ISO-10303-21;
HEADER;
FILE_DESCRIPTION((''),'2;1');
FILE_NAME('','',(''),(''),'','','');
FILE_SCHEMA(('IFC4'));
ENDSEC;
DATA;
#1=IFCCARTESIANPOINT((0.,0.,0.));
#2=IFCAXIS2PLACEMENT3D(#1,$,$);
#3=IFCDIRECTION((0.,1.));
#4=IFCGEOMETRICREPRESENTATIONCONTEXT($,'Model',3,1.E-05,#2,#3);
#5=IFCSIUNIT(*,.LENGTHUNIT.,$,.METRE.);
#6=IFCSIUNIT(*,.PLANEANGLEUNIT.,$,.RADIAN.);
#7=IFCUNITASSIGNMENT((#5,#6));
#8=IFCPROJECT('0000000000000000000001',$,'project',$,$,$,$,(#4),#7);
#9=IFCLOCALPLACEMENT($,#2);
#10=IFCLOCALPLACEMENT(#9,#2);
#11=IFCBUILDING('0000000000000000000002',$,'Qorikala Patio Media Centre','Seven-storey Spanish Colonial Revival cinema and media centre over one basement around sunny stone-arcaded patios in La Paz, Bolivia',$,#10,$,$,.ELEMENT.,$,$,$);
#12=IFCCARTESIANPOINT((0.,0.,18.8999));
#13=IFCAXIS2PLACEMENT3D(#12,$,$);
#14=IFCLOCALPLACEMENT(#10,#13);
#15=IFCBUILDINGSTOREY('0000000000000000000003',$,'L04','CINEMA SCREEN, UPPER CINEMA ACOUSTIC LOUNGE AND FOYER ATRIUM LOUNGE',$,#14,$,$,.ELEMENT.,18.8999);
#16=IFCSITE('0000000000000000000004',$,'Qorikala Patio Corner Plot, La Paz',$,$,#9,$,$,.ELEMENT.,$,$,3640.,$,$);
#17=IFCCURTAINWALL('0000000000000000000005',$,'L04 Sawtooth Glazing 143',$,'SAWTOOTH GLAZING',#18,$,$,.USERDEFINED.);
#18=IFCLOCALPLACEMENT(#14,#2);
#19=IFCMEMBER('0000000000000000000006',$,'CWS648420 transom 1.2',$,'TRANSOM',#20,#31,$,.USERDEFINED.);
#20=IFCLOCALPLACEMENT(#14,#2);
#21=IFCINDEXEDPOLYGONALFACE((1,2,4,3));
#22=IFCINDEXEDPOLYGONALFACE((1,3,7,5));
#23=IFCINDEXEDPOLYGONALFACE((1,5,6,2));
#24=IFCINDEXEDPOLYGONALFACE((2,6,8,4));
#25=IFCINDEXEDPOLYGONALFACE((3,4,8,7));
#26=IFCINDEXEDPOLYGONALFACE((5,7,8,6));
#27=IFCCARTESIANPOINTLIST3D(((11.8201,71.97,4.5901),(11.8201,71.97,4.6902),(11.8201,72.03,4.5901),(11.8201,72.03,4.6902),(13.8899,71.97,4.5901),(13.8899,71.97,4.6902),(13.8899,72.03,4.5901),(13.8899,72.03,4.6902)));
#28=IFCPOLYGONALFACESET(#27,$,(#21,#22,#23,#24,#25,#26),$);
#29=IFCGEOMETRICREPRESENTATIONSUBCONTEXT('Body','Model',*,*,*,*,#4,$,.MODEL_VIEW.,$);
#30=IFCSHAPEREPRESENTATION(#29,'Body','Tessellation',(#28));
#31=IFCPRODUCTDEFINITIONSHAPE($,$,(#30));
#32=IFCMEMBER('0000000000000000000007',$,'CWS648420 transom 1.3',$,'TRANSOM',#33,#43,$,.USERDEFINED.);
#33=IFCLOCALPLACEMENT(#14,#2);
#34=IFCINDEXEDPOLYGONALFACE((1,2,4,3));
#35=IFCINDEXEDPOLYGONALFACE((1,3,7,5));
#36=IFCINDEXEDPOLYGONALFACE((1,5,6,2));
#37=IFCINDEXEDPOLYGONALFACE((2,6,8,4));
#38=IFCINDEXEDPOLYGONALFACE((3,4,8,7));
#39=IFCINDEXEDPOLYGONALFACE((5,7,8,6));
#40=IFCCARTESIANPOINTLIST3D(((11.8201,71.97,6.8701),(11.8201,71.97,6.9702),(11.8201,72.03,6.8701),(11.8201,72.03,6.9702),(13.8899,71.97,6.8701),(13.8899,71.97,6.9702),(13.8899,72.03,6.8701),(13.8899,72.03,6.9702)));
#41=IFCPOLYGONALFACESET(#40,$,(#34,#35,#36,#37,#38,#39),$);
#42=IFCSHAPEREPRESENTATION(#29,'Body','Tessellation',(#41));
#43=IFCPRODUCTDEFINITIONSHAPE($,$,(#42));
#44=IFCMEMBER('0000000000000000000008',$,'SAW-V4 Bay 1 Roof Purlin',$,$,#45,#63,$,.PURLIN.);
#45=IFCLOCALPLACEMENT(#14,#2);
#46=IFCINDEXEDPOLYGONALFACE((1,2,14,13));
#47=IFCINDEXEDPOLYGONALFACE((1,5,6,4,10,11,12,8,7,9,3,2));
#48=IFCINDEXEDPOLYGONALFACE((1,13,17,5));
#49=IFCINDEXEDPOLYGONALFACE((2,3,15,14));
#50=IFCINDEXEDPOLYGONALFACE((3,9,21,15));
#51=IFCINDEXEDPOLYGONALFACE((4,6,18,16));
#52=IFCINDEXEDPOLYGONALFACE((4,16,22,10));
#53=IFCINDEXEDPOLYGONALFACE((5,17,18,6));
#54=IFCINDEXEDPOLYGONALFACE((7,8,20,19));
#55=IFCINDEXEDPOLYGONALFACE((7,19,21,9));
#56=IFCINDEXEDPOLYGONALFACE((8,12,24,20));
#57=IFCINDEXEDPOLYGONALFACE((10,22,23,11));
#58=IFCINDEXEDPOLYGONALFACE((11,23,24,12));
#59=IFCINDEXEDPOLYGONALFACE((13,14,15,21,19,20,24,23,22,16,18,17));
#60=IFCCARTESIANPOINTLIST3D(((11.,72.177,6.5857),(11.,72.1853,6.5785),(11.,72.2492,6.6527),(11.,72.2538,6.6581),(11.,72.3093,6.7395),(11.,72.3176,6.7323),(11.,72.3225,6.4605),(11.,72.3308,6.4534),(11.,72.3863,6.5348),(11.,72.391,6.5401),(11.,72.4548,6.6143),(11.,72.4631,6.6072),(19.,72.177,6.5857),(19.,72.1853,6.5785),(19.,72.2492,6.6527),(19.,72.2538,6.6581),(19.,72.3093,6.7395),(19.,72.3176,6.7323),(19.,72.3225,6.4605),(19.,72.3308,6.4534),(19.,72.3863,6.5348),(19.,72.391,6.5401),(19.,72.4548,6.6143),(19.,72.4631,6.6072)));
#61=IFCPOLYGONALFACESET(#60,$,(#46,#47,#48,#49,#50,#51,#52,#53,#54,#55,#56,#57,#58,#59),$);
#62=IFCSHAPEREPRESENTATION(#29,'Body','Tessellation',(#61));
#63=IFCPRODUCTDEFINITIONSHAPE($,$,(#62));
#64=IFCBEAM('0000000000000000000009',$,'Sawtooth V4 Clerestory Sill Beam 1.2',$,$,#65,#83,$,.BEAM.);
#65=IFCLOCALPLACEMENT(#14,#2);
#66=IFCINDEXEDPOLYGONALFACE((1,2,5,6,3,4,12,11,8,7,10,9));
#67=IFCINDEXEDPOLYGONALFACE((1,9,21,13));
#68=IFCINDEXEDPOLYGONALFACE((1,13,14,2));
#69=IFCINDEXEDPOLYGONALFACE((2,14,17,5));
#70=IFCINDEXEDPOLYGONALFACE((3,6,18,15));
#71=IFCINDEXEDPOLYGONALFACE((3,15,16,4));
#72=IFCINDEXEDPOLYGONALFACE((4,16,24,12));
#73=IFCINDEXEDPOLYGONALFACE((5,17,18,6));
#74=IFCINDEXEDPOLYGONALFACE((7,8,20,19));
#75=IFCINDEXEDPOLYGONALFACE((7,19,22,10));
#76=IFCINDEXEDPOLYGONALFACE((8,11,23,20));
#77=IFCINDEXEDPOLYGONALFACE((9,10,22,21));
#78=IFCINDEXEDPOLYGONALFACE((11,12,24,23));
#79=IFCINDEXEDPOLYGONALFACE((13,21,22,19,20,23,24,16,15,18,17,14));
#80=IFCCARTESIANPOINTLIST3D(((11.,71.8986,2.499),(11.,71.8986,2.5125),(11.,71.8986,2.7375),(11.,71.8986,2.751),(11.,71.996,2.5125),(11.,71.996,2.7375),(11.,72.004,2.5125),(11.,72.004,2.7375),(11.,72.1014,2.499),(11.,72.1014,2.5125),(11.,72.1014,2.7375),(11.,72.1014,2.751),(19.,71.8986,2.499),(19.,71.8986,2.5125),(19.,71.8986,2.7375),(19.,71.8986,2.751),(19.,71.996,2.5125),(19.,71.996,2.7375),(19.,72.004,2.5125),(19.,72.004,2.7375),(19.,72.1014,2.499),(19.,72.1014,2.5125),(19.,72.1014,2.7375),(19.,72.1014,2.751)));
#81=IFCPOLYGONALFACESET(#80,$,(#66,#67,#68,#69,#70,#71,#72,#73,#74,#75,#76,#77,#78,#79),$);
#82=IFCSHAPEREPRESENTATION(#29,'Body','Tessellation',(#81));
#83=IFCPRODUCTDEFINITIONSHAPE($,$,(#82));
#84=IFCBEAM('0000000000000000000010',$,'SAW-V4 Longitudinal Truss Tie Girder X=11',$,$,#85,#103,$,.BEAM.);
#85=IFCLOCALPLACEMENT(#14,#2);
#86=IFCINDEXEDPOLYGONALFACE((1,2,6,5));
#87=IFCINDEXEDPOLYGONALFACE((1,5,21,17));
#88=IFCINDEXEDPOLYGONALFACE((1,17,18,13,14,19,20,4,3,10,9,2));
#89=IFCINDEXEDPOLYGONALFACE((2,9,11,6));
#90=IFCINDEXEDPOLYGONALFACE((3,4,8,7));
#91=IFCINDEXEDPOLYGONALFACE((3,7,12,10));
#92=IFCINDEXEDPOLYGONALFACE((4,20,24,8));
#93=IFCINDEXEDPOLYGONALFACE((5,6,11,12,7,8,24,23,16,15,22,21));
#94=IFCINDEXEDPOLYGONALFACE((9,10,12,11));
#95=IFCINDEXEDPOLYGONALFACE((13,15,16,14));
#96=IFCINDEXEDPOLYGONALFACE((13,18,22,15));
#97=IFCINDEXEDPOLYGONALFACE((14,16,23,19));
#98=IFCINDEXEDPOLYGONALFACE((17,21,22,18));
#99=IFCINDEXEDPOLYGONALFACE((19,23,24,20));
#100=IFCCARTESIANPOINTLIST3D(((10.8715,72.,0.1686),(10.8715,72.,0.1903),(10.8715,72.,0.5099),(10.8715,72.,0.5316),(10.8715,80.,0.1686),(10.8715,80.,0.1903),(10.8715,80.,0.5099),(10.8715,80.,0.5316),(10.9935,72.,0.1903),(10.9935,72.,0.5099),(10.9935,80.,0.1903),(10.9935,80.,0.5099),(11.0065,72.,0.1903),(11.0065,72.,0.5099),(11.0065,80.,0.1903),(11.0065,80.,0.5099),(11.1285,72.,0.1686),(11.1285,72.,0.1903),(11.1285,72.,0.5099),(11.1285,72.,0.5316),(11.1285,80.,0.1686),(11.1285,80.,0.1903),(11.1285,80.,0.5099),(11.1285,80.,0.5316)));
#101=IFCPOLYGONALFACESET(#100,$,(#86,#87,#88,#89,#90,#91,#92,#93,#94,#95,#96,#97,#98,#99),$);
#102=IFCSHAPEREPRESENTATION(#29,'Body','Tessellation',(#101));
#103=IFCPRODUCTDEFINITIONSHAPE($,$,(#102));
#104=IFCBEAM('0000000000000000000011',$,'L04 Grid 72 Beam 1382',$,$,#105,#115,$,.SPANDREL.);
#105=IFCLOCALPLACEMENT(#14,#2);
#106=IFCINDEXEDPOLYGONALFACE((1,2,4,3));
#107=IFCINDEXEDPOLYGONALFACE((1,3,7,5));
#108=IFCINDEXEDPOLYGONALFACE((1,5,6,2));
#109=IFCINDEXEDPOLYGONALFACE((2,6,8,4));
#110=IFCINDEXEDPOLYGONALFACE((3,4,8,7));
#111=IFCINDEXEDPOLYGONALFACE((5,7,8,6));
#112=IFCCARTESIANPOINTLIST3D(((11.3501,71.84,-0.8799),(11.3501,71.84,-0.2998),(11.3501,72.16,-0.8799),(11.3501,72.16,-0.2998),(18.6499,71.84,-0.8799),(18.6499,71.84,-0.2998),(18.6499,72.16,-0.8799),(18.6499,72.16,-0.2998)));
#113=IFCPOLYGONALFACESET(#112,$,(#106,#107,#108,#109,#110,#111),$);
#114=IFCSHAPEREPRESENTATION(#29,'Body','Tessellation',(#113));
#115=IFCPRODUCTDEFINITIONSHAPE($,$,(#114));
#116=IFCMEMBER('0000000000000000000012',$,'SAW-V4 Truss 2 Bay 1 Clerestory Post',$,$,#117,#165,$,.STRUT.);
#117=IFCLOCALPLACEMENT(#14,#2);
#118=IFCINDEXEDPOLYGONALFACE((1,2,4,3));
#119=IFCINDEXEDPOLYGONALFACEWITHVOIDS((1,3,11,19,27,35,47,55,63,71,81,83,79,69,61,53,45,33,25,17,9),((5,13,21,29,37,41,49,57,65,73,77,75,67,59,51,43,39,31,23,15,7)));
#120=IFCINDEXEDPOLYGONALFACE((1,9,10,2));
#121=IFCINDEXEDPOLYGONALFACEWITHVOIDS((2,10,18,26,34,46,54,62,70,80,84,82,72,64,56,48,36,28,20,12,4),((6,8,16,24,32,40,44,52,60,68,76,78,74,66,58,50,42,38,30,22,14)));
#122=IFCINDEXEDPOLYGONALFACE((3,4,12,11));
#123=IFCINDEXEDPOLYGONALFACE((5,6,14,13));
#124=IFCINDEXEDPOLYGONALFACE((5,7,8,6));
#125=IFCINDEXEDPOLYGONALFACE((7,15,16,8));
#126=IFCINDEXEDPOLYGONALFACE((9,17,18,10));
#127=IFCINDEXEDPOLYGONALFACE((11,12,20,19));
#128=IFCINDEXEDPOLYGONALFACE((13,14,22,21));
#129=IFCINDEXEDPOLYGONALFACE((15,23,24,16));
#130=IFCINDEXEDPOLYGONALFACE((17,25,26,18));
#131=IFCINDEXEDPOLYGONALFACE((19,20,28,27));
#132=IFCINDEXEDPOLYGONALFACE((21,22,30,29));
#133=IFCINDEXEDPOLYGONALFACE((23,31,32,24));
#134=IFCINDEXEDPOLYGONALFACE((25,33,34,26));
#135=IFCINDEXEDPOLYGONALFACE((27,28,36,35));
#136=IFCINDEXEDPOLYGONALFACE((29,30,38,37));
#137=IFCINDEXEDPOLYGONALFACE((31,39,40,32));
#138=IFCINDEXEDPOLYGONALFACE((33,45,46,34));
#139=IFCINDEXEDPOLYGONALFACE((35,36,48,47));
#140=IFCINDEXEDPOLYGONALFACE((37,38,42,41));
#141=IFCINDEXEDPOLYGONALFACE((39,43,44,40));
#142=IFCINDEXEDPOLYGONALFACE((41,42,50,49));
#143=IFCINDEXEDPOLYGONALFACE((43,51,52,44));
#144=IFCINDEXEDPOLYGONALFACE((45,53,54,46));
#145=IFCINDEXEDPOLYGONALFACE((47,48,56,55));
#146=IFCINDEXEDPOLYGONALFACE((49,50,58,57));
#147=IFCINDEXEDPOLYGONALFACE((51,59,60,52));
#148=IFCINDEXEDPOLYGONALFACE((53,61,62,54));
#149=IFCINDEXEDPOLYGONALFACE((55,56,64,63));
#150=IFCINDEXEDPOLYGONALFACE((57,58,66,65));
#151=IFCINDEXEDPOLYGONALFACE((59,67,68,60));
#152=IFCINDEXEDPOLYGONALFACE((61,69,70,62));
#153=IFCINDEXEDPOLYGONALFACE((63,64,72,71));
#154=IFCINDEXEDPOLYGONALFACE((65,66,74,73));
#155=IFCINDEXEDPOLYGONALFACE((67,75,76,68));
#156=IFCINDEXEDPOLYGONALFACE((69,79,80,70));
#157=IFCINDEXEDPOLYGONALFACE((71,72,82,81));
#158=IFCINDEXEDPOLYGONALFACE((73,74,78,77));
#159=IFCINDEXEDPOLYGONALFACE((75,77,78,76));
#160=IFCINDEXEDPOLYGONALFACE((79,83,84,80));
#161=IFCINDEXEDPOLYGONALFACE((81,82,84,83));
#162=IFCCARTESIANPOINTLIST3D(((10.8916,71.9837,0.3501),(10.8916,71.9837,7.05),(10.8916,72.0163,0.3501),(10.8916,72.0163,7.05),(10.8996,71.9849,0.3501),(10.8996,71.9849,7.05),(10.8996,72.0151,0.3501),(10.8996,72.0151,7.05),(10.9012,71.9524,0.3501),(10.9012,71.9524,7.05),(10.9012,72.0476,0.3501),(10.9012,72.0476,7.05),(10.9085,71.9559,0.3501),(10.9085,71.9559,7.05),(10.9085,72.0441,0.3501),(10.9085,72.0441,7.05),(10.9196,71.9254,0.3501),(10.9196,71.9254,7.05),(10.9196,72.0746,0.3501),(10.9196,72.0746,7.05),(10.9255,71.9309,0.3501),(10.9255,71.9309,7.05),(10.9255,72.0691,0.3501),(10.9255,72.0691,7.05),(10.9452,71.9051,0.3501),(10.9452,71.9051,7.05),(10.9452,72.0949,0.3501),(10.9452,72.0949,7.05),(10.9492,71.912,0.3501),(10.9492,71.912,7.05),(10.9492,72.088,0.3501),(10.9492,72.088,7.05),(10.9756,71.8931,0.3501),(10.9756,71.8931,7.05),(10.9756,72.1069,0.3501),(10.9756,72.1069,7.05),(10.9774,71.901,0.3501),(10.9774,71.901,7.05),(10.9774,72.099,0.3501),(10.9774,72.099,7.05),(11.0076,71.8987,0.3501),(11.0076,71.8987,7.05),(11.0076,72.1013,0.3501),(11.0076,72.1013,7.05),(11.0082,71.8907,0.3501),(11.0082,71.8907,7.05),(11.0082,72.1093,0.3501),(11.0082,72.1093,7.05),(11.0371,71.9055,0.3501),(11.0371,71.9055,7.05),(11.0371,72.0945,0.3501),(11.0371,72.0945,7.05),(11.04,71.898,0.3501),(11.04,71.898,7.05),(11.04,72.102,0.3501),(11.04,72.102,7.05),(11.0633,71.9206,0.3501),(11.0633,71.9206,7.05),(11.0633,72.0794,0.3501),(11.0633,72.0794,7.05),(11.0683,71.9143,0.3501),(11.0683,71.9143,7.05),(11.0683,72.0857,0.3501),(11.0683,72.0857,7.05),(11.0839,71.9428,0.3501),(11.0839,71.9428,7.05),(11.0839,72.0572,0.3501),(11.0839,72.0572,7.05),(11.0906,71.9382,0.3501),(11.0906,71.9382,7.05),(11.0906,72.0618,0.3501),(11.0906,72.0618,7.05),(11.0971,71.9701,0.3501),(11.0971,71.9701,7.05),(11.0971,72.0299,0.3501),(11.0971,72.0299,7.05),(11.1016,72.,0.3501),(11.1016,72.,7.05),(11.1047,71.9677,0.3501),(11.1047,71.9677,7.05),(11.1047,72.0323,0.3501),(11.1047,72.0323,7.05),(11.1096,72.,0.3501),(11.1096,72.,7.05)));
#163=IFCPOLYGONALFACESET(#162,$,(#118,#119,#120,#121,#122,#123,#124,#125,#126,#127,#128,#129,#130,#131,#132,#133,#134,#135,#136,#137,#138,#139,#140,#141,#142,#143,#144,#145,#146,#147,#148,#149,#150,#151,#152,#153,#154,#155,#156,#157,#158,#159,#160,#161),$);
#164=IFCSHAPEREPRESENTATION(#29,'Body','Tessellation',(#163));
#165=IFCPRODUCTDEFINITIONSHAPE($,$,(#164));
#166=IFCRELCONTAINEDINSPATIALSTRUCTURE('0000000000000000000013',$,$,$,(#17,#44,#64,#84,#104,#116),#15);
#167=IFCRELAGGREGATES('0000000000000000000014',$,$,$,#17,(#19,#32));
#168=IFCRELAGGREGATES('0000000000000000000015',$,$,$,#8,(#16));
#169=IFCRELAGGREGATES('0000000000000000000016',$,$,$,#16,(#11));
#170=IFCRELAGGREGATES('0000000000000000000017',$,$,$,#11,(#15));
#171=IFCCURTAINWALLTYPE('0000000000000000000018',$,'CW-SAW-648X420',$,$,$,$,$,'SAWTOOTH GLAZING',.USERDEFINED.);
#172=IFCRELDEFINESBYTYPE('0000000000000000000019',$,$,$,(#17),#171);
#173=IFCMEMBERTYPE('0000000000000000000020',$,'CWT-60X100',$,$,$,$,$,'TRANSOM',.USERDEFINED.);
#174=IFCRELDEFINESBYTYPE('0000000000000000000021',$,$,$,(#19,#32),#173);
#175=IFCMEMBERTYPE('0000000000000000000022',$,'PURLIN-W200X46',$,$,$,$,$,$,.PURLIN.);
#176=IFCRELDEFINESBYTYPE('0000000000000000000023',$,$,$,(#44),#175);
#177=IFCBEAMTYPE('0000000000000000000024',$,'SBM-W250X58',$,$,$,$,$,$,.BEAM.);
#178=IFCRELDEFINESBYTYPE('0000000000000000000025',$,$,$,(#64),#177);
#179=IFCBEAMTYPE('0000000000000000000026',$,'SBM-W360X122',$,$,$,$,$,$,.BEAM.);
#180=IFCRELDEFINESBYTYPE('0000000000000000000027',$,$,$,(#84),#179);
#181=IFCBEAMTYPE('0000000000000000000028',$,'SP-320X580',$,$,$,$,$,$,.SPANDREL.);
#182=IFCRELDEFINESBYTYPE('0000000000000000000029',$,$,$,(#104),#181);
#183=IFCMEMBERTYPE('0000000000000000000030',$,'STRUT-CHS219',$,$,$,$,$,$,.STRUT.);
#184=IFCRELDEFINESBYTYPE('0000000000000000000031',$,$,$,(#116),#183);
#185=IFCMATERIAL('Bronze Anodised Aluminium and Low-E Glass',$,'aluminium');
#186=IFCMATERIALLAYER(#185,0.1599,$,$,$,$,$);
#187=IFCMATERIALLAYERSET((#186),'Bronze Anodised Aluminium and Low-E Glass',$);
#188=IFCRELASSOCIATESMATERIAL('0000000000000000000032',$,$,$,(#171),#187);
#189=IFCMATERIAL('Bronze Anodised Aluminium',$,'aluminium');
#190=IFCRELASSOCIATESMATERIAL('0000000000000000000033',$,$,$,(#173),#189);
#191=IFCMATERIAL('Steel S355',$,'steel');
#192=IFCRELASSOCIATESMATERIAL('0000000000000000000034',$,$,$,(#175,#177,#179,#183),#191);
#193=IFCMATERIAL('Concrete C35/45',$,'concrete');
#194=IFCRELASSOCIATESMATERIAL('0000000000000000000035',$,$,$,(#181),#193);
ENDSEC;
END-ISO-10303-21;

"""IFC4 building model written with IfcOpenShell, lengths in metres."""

from ifc_helpers import new_model, si_unit, direction, frame, origin, origin_2d, place, context, subcontext, project, spatial, rectangle, hollow_circle, i_section, extrude, material, layer, layer_set, material_profile, profile_set, type_object, element, aggregate, save


model = new_model("IFC4")

# Units and contexts
model_context = context("Model", 3, precision=1e-05, world=origin(), true_north=direction((0.0, 1.0)))
body_context = subcontext(model_context, "Body", "Model", "MODEL_VIEW")
ifc_project = project(units=[si_unit("LENGTHUNIT", "METRE"), si_unit("PLANEANGLEUNIT", "RADIAN")], contexts=[model_context])

# Site, building, storey
site_placement = place(None, origin())
site = spatial("IfcSite", under=ifc_project, at=site_placement, Name="Qorikala Patio Corner Plot, La Paz", CompositionType="ELEMENT", RefElevation=3640.0)
building_placement = place(site_placement, origin())
building = spatial("IfcBuilding", under=site, at=building_placement, Name="Qorikala Patio Media Centre", Description="Seven-storey Spanish Colonial Revival cinema and media centre over one basement around sunny stone-arcaded patios in La Paz, Bolivia", CompositionType="ELEMENT")
storey_placement = place(building_placement, frame((0.0, 0.0, 18.8999)))
storey = spatial("IfcBuildingStorey", under=building, at=storey_placement, Name="L04", Description="CINEMA SCREEN, UPPER CINEMA ACOUSTIC LOUNGE AND FOYER ATRIUM LOUNGE", CompositionType="ELEMENT", Elevation=18.8999)

# Shared definitions
ifc_material_1 = material(Name="Concrete C35/45", Category="concrete")

# Shared definitions
ifc_material_2 = material(Name="Steel S355", Category="steel")

# Shared definitions
ifc_material_3 = material(Name="Bronze Anodised Aluminium and Low-E Glass", Category="aluminium")
ifc_material_4 = material(Name="Bronze Anodised Aluminium", Category="aluminium")

# Curtain wall
ifc_layer_1 = layer(ifc_material_3, 0.1599)
ifc_layer_set_1 = layer_set([ifc_layer_1], Name="Bronze Anodised Aluminium and Low-E Glass")
curtain_wall_type_1 = type_object("IfcCurtainWallType", Name="CW-SAW-648X420", ElementType="SAWTOOTH GLAZING", PredefinedType="USERDEFINED", material=ifc_layer_set_1)
curtain_wall_1_placement = place(storey_placement, origin())
curtain_wall_1 = element("IfcCurtainWall", 1, at=curtain_wall_1_placement, inside=storey, type_object=curtain_wall_type_1, Name="L04 Sawtooth Glazing 143", ObjectType="SAWTOOTH GLAZING", PredefinedType="USERDEFINED")

# Members
ifc_material_profile_1 = material_profile(ifc_material_4, rectangle(XDim=0.0601, YDim=0.1001, at=origin_2d()), Name="ALU TRANSOM 60x100")
ifc_profile_set_1 = profile_set([ifc_material_profile_1], Name="Bronze Anodised Aluminium")
member_type_1 = type_object("IfcMemberType", Name="CWT-60X100", ElementType="TRANSOM", PredefinedType="USERDEFINED", material=ifc_profile_set_1)
member_1_placement = place(storey_placement, frame((11.8201, 72.0, 4.6401), z_axis=(1.0, 0.0, 0.0), x_axis=(0.0, 1.0, 0.0)))
member_1 = element("IfcMember", 2, at=member_1_placement, type_object=member_type_1, Name="CWS648420 transom 1.2", ObjectType="TRANSOM", PredefinedType="USERDEFINED", context=body_context, shape_type="SweptSolid", body=[
    extrude(rectangle(XDim=0.0601, YDim=0.1001, at=origin_2d()), origin(), (0.0, 0.0, 1.0), 2.0698),
])
member_2_placement = place(storey_placement, frame((11.8201, 72.0, 6.9202), z_axis=(1.0, 0.0, 0.0), x_axis=(0.0, 1.0, 0.0)))
member_2 = element("IfcMember", 3, at=member_2_placement, type_object=member_type_1, Name="CWS648420 transom 1.3", ObjectType="TRANSOM", PredefinedType="USERDEFINED", context=body_context, shape_type="SweptSolid", body=[
    extrude(rectangle(XDim=0.0601, YDim=0.1001, at=origin_2d()), origin(), (0.0, 0.0, 1.0), 2.0698),
])
ifc_material_profile_2 = material_profile(ifc_material_2, i_section(OverallWidth=0.2029, OverallDepth=0.2029, WebThickness=0.0071, FlangeThickness=0.011, at=origin_2d()), Name="W200X46")
ifc_profile_set_2 = profile_set([ifc_material_profile_2], Name="Steel S355")
member_type_2 = type_object("IfcMemberType", Name="PURLIN-W200X46", PredefinedType="PURLIN", material=ifc_profile_set_2)
member_3_placement = place(storey_placement, frame((11.0, 72.3201, 6.5964), z_axis=(1.0, 0.0, 0.0), x_axis=(0.0, 0.652138, 0.7581)))
element("IfcMember", 4, at=member_3_placement, inside=storey, type_object=member_type_2, Name="SAW-V4 Bay 1 Roof Purlin", PredefinedType="PURLIN", context=body_context, shape_type="SweptSolid", body=[
    extrude(i_section(OverallWidth=0.2029, OverallDepth=0.2029, WebThickness=0.0071, FlangeThickness=0.011, at=origin_2d()), origin(), (0.0, 0.0, 1.0), 8.0),
])

# Beams
ifc_material_profile_3 = material_profile(ifc_material_2, i_section(OverallWidth=0.2029, OverallDepth=0.252, WebThickness=0.0081, FlangeThickness=0.0134, at=origin_2d()), Name="W250X58")
ifc_profile_set_3 = profile_set([ifc_material_profile_3], Name="Steel S355")
beam_type_1 = type_object("IfcBeamType", Name="SBM-W250X58", PredefinedType="BEAM", material=ifc_profile_set_3)
beam_1_placement = place(storey_placement, frame((11.0, 72.0, 2.625), z_axis=(1.0, 0.0, 0.0), x_axis=(0.0, 1.0, 0.0)))
element("IfcBeam", 5, at=beam_1_placement, inside=storey, type_object=beam_type_1, Name="Sawtooth V4 Clerestory Sill Beam 1.2", PredefinedType="BEAM", context=body_context, shape_type="SweptSolid", body=[
    extrude(i_section(OverallWidth=0.2029, OverallDepth=0.252, WebThickness=0.0081, FlangeThickness=0.0134, at=origin_2d()), origin(), (0.0, 0.0, 1.0), 8.0),
])
ifc_material_profile_4 = material_profile(ifc_material_2, i_section(OverallWidth=0.2571, OverallDepth=0.363, WebThickness=0.0129, FlangeThickness=0.0217, at=origin_2d()), Name="W360X122")
ifc_profile_set_4 = profile_set([ifc_material_profile_4], Name="Steel S355")
beam_type_2 = type_object("IfcBeamType", Name="SBM-W360X122", PredefinedType="BEAM", material=ifc_profile_set_4)
beam_2_placement = place(storey_placement, frame((11.0, 72.0, 0.3501), z_axis=(0.0, 1.0, 0.0), x_axis=(-1.0, 0.0, 0.0)))
element("IfcBeam", 6, at=beam_2_placement, inside=storey, type_object=beam_type_2, Name="SAW-V4 Longitudinal Truss Tie Girder X=11", PredefinedType="BEAM", context=body_context, shape_type="SweptSolid", body=[
    extrude(i_section(OverallWidth=0.2571, OverallDepth=0.363, WebThickness=0.0129, FlangeThickness=0.0217, at=origin_2d()), origin(), (0.0, 0.0, 1.0), 8.0),
])
ifc_material_profile_5 = material_profile(ifc_material_1, rectangle(XDim=0.3201, YDim=0.5801, at=origin_2d()), Name="RC 320x580")
ifc_profile_set_5 = profile_set([ifc_material_profile_5], Name="Concrete C35/45")
beam_type_3 = type_object("IfcBeamType", Name="SP-320X580", PredefinedType="SPANDREL", material=ifc_profile_set_5)
beam_3_placement = place(storey_placement, frame((11.3501, 72.0, -0.5898), z_axis=(1.0, 0.0, 0.0), x_axis=(0.0, 1.0, 0.0)))
element("IfcBeam", 7, at=beam_3_placement, inside=storey, type_object=beam_type_3, Name="L04 Grid 72 Beam 1382", PredefinedType="SPANDREL", context=body_context, shape_type="SweptSolid", body=[
    extrude(rectangle(XDim=0.3201, YDim=0.5801, at=origin_2d()), origin(), (0.0, 0.0, 1.0), 7.2998),
])

# Member
ifc_material_profile_6 = material_profile(ifc_material_2, hollow_circle(Radius=0.1096, WallThickness=0.0081, at=origin_2d()), Name="CHS219X8")
ifc_profile_set_6 = profile_set([ifc_material_profile_6], Name="Steel S355")
member_type_3 = type_object("IfcMemberType", Name="STRUT-CHS219", PredefinedType="STRUT", material=ifc_profile_set_6)
member_4_placement = place(storey_placement, frame((11.0, 72.0, 0.3501), z_axis=(0.0, 0.0, 1.0), x_axis=(1.0, 0.0, 0.0)))
element("IfcMember", 8, at=member_4_placement, inside=storey, type_object=member_type_3, Name="SAW-V4 Truss 2 Bay 1 Clerestory Post", PredefinedType="STRUT", context=body_context, shape_type="SweptSolid", body=[
    extrude(hollow_circle(Radius=0.1096, WallThickness=0.0081, at=origin_2d()), origin(), (0.0, 0.0, 1.0), 6.7),
])

aggregate(curtain_wall_1, [member_1, member_2])

save(model, "model.ifc")
